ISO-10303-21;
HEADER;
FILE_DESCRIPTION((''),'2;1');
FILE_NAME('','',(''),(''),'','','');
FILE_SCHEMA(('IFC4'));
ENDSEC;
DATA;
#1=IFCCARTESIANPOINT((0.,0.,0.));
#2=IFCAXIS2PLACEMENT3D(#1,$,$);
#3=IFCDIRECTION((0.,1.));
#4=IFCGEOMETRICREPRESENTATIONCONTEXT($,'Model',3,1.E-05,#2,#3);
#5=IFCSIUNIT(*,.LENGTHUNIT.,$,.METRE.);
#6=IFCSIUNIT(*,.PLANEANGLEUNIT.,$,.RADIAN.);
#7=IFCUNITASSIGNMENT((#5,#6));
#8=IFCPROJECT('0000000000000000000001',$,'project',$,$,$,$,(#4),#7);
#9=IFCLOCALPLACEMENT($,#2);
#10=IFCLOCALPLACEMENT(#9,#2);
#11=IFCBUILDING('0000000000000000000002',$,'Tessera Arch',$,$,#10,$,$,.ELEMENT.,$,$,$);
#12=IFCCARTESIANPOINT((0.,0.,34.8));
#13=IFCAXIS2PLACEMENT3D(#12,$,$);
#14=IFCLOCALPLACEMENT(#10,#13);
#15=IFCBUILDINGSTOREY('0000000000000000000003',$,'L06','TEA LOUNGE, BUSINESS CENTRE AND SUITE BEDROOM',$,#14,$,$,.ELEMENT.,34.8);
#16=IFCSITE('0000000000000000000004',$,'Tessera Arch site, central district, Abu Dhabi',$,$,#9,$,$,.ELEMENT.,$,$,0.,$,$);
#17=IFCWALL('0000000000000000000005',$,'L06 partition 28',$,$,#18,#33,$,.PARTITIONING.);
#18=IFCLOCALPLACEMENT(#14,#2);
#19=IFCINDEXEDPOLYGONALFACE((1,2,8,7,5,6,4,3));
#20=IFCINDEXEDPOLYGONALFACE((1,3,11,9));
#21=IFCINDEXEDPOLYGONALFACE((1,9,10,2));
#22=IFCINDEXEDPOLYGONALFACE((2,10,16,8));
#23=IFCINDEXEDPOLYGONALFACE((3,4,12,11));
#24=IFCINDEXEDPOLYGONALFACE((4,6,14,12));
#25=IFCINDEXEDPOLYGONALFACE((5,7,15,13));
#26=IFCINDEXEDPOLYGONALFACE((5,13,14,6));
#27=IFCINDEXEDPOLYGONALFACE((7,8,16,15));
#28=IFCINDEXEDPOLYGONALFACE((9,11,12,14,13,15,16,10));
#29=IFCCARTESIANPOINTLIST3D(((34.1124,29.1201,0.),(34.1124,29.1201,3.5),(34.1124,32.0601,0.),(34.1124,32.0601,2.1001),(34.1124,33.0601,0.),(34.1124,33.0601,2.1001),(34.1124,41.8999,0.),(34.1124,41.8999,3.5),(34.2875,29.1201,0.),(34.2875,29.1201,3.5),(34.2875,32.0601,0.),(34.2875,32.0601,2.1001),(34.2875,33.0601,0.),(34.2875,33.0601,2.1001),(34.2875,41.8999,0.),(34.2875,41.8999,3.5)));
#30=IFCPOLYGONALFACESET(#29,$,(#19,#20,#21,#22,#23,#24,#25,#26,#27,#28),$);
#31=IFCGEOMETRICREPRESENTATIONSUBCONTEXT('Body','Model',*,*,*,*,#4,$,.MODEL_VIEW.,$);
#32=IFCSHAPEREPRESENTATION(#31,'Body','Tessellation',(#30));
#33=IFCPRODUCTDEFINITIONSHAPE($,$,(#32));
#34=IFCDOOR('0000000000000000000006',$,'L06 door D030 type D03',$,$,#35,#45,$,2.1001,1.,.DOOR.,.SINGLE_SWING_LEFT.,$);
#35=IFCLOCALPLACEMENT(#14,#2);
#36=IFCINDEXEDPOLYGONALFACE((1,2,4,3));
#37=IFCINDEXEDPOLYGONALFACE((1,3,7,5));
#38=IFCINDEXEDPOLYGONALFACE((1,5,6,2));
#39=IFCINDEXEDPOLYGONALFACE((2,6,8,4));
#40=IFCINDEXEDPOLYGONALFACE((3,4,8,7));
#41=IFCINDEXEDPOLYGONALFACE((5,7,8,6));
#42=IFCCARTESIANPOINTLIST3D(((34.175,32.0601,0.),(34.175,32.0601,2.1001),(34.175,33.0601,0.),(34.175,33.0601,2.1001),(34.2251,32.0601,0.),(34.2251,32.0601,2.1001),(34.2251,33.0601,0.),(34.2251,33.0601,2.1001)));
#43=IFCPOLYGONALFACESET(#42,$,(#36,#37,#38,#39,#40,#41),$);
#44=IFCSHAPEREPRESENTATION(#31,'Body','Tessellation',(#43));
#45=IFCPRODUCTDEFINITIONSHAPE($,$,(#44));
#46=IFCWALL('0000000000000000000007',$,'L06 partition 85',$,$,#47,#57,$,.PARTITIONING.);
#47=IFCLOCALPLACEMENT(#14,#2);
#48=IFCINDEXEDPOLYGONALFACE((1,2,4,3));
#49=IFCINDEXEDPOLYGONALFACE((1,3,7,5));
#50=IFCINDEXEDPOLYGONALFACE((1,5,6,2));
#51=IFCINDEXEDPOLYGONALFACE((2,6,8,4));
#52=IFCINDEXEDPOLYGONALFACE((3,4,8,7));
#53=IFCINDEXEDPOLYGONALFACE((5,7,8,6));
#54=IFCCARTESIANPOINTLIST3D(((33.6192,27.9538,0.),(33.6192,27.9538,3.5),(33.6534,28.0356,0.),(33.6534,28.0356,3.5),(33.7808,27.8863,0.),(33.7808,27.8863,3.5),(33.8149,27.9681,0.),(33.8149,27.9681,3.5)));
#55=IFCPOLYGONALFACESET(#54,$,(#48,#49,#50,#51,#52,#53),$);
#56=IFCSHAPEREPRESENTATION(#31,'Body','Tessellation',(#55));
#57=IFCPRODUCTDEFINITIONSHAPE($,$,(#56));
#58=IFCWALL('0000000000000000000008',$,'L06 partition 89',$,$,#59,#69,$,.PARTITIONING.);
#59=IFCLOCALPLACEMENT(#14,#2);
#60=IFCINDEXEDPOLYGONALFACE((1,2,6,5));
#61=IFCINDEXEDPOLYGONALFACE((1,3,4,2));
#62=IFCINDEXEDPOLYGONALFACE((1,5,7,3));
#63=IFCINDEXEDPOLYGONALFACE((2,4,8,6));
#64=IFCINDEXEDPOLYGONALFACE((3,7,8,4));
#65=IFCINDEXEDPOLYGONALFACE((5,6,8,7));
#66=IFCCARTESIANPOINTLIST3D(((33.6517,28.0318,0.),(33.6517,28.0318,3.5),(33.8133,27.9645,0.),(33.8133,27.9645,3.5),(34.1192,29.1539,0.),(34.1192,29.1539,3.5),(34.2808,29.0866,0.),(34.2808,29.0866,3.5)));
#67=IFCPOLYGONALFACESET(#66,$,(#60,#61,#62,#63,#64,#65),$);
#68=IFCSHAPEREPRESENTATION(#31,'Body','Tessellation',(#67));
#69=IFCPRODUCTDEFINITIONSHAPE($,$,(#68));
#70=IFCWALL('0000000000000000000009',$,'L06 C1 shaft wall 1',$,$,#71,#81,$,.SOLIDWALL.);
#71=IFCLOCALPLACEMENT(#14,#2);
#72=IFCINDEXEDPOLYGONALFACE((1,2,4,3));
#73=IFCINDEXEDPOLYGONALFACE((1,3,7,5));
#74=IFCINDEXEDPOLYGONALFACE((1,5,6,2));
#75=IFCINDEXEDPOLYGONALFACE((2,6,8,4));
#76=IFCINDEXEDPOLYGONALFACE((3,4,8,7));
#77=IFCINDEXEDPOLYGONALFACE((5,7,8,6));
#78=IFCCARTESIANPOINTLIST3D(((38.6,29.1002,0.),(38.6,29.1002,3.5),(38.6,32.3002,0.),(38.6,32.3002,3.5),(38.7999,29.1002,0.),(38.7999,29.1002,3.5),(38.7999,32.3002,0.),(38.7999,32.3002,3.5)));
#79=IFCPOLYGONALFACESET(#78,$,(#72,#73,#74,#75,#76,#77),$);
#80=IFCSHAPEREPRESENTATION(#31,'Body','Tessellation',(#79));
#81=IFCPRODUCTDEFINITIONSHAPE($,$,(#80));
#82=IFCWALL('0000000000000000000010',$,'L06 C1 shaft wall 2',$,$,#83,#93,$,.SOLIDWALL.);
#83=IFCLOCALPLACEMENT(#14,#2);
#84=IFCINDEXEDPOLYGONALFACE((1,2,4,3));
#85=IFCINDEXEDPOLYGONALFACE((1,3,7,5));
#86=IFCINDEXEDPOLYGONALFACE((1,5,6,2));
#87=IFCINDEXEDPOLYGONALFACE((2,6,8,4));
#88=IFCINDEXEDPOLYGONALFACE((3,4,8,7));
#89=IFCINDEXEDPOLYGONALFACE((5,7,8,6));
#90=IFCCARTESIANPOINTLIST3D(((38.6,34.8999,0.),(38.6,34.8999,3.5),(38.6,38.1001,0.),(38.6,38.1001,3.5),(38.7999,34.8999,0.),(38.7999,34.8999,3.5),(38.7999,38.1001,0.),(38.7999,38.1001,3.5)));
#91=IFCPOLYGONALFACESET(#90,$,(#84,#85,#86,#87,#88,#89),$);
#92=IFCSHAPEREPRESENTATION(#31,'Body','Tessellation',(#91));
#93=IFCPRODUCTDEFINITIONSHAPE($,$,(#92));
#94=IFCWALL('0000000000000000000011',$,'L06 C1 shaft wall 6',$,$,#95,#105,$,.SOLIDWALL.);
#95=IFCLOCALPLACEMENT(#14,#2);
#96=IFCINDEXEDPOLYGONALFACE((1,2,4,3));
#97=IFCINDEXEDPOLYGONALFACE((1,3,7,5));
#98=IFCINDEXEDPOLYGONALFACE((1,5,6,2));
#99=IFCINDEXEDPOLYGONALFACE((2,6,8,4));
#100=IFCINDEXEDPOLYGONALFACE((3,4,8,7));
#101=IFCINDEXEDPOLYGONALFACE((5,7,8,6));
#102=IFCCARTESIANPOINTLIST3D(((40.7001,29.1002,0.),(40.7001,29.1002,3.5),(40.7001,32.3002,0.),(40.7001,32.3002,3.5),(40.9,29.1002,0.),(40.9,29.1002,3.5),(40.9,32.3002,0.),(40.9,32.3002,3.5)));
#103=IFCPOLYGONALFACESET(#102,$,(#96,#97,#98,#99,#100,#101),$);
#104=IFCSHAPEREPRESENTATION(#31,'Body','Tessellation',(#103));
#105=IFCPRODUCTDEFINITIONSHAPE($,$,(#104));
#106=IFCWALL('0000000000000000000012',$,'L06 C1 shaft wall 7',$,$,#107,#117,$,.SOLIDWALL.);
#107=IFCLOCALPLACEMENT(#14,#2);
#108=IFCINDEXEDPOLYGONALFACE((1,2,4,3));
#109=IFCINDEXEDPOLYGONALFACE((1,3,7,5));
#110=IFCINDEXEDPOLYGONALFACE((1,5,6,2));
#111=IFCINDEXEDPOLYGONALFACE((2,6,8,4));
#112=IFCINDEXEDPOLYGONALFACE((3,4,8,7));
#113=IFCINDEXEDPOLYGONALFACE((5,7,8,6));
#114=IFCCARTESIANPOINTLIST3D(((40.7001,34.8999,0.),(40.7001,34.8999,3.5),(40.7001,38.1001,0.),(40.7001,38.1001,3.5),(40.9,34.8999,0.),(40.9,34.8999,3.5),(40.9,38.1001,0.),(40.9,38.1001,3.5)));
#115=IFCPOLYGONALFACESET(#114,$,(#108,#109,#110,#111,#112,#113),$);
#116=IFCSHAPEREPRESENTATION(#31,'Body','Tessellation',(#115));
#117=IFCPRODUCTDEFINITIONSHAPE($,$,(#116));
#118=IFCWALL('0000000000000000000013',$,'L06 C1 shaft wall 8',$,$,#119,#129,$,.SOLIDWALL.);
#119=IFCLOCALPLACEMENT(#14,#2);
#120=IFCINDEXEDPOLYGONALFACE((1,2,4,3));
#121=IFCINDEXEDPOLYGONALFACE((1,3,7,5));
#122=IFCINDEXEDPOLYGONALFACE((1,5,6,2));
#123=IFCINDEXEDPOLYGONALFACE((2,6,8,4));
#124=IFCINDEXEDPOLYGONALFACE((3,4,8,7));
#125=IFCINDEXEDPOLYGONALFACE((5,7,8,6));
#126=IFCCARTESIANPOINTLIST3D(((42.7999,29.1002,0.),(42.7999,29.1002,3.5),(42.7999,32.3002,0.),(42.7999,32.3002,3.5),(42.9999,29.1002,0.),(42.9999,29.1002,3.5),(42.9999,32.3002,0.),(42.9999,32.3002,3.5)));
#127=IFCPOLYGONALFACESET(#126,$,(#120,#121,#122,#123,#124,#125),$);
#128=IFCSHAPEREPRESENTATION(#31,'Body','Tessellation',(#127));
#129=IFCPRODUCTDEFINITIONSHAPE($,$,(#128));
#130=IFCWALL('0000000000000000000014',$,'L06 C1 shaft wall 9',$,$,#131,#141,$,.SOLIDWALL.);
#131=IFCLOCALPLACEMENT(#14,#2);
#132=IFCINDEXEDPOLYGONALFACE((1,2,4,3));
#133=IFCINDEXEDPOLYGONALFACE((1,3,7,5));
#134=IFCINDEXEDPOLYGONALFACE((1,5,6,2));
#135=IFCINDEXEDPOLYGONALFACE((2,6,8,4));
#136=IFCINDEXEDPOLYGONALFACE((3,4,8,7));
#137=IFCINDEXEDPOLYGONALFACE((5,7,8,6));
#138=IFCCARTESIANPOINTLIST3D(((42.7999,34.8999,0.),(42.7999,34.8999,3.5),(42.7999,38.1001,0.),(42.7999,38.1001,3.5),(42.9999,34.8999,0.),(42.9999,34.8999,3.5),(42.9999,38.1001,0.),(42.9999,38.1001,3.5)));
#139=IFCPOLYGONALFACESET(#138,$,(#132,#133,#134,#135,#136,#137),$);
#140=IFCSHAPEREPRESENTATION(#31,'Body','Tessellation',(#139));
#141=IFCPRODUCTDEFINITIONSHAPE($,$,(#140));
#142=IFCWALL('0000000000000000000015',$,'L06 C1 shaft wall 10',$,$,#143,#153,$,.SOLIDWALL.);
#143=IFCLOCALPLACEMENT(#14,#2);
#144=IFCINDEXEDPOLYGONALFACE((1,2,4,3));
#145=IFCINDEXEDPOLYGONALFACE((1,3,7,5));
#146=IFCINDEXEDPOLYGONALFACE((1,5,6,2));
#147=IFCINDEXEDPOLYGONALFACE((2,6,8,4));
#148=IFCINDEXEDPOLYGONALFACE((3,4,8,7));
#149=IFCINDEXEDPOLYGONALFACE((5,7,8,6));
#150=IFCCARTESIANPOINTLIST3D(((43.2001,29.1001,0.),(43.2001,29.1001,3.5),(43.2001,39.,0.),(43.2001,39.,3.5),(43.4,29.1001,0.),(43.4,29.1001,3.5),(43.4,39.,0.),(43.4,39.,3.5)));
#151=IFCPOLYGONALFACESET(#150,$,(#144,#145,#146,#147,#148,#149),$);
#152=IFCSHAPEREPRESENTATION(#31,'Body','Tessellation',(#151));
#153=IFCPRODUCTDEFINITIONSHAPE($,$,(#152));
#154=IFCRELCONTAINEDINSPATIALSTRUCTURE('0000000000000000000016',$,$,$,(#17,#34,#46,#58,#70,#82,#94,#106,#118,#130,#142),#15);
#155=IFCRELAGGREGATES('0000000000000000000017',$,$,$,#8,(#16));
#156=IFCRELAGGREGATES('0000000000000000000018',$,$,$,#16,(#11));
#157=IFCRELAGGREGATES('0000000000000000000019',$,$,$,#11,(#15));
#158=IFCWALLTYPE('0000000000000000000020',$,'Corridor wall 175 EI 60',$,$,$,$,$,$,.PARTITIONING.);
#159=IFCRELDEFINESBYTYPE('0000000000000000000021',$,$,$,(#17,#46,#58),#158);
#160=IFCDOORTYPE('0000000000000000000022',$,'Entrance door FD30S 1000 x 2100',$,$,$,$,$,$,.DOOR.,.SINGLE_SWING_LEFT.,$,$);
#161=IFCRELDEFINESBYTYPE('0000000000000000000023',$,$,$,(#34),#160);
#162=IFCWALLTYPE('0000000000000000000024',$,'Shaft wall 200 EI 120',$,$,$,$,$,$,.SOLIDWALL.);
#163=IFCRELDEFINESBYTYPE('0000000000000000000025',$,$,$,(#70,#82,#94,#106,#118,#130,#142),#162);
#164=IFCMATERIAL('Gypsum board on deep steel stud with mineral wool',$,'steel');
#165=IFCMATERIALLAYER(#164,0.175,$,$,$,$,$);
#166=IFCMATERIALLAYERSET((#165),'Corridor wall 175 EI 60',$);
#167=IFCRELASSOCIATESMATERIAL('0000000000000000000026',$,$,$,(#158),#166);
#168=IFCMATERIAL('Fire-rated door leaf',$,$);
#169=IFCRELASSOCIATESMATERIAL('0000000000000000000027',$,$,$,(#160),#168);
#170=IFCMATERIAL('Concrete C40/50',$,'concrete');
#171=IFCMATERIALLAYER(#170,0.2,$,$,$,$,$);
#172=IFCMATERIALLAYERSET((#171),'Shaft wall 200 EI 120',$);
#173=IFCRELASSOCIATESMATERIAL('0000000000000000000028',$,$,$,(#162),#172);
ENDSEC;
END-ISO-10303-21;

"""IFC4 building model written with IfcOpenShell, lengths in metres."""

from ifc_helpers import new_model, si_unit, direction, frame, frame_2d, origin, place, context, subcontext, project, spatial, rectangle, extrude, material, layer, layer_set, type_object, element, fill, save


model = new_model("IFC4")

# Units and contexts
model_context = context("Model", 3, precision=1e-05, world=origin(), true_north=direction((0.0, 1.0)))
body_context = subcontext(model_context, "Body", "Model", "MODEL_VIEW")
ifc_project = project(units=[si_unit("LENGTHUNIT", "METRE"), si_unit("PLANEANGLEUNIT", "RADIAN")], contexts=[model_context])

# Site, building, storey
site_placement = place(None, origin())
site = spatial("IfcSite", under=ifc_project, at=site_placement, Name="Tessera Arch site, central district, Abu Dhabi", CompositionType="ELEMENT", RefElevation=0.0)
building_placement = place(site_placement, origin())
building = spatial("IfcBuilding", under=site, at=building_placement, Name="Tessera Arch", CompositionType="ELEMENT")
storey_placement = place(building_placement, frame((0.0, 0.0, 34.8)))
storey = spatial("IfcBuildingStorey", under=building, at=storey_placement, Name="L06", Description="TEA LOUNGE, BUSINESS CENTRE AND SUITE BEDROOM", CompositionType="ELEMENT", Elevation=34.8)

# Shared definitions
ifc_material_1 = material(Name="Gypsum board on deep steel stud with mineral wool", Category="steel")
ifc_layer_1 = layer(ifc_material_1, 0.175)
ifc_layer_set_1 = layer_set([ifc_layer_1], Name="Corridor wall 175 EI 60")
wall_type_1 = type_object("IfcWallType", Name="Corridor wall 175 EI 60", PredefinedType="PARTITIONING", material=ifc_layer_set_1)

# Wall, opening, door
wall_1_placement = place(storey_placement, frame((34.2, 29.1201, 0.0), z_axis=(0.0, 0.0, 1.0), x_axis=(0.0, 1.0, 0.0)))
wall_1 = element("IfcWall", 1, at=wall_1_placement, inside=storey, type_object=wall_type_1, Name="L06 partition 28", PredefinedType="PARTITIONING", context=body_context, shape_type="SweptSolid", body=[
    extrude(rectangle(XDim=12.7798, YDim=0.175, at=frame_2d((6.3899, 0.0))), origin(), (0.0, 0.0, 1.0), 3.5),
])
opening_1_placement = place(wall_1_placement, frame((2.9399, 0.0, 0.0)))
opening_1 = element("IfcOpeningElement", 2, at=opening_1_placement, cuts=wall_1, PredefinedType="OPENING", context=body_context, shape_type="SweptSolid", body=[
    extrude(rectangle(XDim=1.0, YDim=2.1001, at=frame_2d((0.5, 1.05))), frame((0.0, 0.0974, 0.0), z_axis=(0.0, -1.0, 0.0), x_axis=(1.0, 0.0, 0.0)), (0.0, 0.0, 1.0), 0.1951),
])
ifc_material_2 = material(Name="Fire-rated door leaf")
door_type_1 = type_object("IfcDoorType", Name="Entrance door FD30S 1000 x 2100", OperationType="SINGLE_SWING_LEFT", PredefinedType="DOOR", material=ifc_material_2)
door_1_placement = place(opening_1_placement, origin())
door_1 = element("IfcDoor", 3, at=door_1_placement, inside=storey, type_object=door_type_1, Name="L06 door D030 type D03", OperationType="SINGLE_SWING_LEFT", OverallHeight=2.1001, OverallWidth=1.0, PredefinedType="DOOR", context=body_context, shape_type="SweptSolid", body=[
    extrude(rectangle(XDim=1.0, YDim=2.1001, at=frame_2d((0.5, 1.05))), frame((0.0, 0.0249, 0.0), z_axis=(0.0, -1.0, 0.0), x_axis=(1.0, 0.0, 0.0)), (0.0, 0.0, 1.0), 0.05),
])
fill(opening_1, door_1)

# Walls
wall_2_placement = place(storey_placement, frame((33.7, 27.9199, 0.0), z_axis=(0.0, 0.0, 1.0), x_axis=(0.385593, 0.922669, 0.0)))
element("IfcWall", 4, at=wall_2_placement, inside=storey, type_object=wall_type_1, Name="L06 partition 85", PredefinedType="PARTITIONING", context=body_context, shape_type="SweptSolid", body=[
    extrude(rectangle(XDim=0.0886, YDim=0.175, at=frame_2d((0.0444, 0.0))), origin(), (0.0, 0.0, 1.0), 3.5),
])
wall_3_placement = place(storey_placement, frame((33.7324, 27.998, 0.0), z_axis=(0.0, 0.0, 1.0), x_axis=(0.384615, 0.923077, 0.0)))
element("IfcWall", 5, at=wall_3_placement, inside=storey, type_object=wall_type_1, Name="L06 partition 89", PredefinedType="PARTITIONING", context=body_context, shape_type="SweptSolid", body=[
    extrude(rectangle(XDim=1.2156, YDim=0.175, at=frame_2d((0.6079, 0.0))), origin(), (0.0, 0.0, 1.0), 3.5),
])
ifc_material_3 = material(Name="Concrete C40/50", Category="concrete")
ifc_layer_2 = layer(ifc_material_3, 0.2)
ifc_layer_set_2 = layer_set([ifc_layer_2], Name="Shaft wall 200 EI 120")
wall_type_2 = type_object("IfcWallType", Name="Shaft wall 200 EI 120", PredefinedType="SOLIDWALL", material=ifc_layer_set_2)
wall_4_placement = place(storey_placement, frame((38.7, 29.1001, 0.0), z_axis=(0.0, 0.0, 1.0), x_axis=(0.0, 1.0, 0.0)))
element("IfcWall", 6, at=wall_4_placement, inside=storey, type_object=wall_type_2, Name="L06 C1 shaft wall 1", PredefinedType="SOLIDWALL", context=body_context, shape_type="SweptSolid", body=[
    extrude(rectangle(XDim=3.2, YDim=0.2, at=frame_2d((1.6001, 0.0))), origin(), (0.0, 0.0, 1.0), 3.5),
])
wall_5_placement = place(storey_placement, frame((38.7, 34.8999, 0.0), z_axis=(0.0, 0.0, 1.0), x_axis=(0.0, 1.0, 0.0)))
element("IfcWall", 7, at=wall_5_placement, inside=storey, type_object=wall_type_2, Name="L06 C1 shaft wall 2", PredefinedType="SOLIDWALL", context=body_context, shape_type="SweptSolid", body=[
    extrude(rectangle(XDim=3.2002, YDim=0.2, at=frame_2d((1.6001, 0.0))), origin(), (0.0, 0.0, 1.0), 3.5),
])
wall_6_placement = place(storey_placement, frame((40.8, 29.1001, 0.0), z_axis=(0.0, 0.0, 1.0), x_axis=(0.0, 1.0, 0.0)))
element("IfcWall", 8, at=wall_6_placement, inside=storey, type_object=wall_type_2, Name="L06 C1 shaft wall 6", PredefinedType="SOLIDWALL", context=body_context, shape_type="SweptSolid", body=[
    extrude(rectangle(XDim=3.2, YDim=0.2, at=frame_2d((1.6001, 0.0))), origin(), (0.0, 0.0, 1.0), 3.5),
])
wall_7_placement = place(storey_placement, frame((40.8, 34.8999, 0.0), z_axis=(0.0, 0.0, 1.0), x_axis=(0.0, 1.0, 0.0)))
element("IfcWall", 9, at=wall_7_placement, inside=storey, type_object=wall_type_2, Name="L06 C1 shaft wall 7", PredefinedType="SOLIDWALL", context=body_context, shape_type="SweptSolid", body=[
    extrude(rectangle(XDim=3.2002, YDim=0.2, at=frame_2d((1.6001, 0.0))), origin(), (0.0, 0.0, 1.0), 3.5),
])
wall_8_placement = place(storey_placement, frame((42.8999, 29.1001, 0.0), z_axis=(0.0, 0.0, 1.0), x_axis=(0.0, 1.0, 0.0)))
element("IfcWall", 10, at=wall_8_placement, inside=storey, type_object=wall_type_2, Name="L06 C1 shaft wall 8", PredefinedType="SOLIDWALL", context=body_context, shape_type="SweptSolid", body=[
    extrude(rectangle(XDim=3.2, YDim=0.2, at=frame_2d((1.6001, 0.0))), origin(), (0.0, 0.0, 1.0), 3.5),
])
wall_9_placement = place(storey_placement, frame((42.8999, 34.8999, 0.0), z_axis=(0.0, 0.0, 1.0), x_axis=(0.0, 1.0, 0.0)))
element("IfcWall", 11, at=wall_9_placement, inside=storey, type_object=wall_type_2, Name="L06 C1 shaft wall 9", PredefinedType="SOLIDWALL", context=body_context, shape_type="SweptSolid", body=[
    extrude(rectangle(XDim=3.2002, YDim=0.2, at=frame_2d((1.6001, 0.0))), origin(), (0.0, 0.0, 1.0), 3.5),
])
wall_10_placement = place(storey_placement, frame((43.3, 29.1001, 0.0), z_axis=(0.0, 0.0, 1.0), x_axis=(0.0, 1.0, 0.0)))
element("IfcWall", 12, at=wall_10_placement, inside=storey, type_object=wall_type_2, Name="L06 C1 shaft wall 10", PredefinedType="SOLIDWALL", context=body_context, shape_type="SweptSolid", body=[
    extrude(rectangle(XDim=9.8999, YDim=0.2, at=frame_2d((4.95, 0.0))), origin(), (0.0, 0.0, 1.0), 3.5),
])

save(model, "model.ifc")
